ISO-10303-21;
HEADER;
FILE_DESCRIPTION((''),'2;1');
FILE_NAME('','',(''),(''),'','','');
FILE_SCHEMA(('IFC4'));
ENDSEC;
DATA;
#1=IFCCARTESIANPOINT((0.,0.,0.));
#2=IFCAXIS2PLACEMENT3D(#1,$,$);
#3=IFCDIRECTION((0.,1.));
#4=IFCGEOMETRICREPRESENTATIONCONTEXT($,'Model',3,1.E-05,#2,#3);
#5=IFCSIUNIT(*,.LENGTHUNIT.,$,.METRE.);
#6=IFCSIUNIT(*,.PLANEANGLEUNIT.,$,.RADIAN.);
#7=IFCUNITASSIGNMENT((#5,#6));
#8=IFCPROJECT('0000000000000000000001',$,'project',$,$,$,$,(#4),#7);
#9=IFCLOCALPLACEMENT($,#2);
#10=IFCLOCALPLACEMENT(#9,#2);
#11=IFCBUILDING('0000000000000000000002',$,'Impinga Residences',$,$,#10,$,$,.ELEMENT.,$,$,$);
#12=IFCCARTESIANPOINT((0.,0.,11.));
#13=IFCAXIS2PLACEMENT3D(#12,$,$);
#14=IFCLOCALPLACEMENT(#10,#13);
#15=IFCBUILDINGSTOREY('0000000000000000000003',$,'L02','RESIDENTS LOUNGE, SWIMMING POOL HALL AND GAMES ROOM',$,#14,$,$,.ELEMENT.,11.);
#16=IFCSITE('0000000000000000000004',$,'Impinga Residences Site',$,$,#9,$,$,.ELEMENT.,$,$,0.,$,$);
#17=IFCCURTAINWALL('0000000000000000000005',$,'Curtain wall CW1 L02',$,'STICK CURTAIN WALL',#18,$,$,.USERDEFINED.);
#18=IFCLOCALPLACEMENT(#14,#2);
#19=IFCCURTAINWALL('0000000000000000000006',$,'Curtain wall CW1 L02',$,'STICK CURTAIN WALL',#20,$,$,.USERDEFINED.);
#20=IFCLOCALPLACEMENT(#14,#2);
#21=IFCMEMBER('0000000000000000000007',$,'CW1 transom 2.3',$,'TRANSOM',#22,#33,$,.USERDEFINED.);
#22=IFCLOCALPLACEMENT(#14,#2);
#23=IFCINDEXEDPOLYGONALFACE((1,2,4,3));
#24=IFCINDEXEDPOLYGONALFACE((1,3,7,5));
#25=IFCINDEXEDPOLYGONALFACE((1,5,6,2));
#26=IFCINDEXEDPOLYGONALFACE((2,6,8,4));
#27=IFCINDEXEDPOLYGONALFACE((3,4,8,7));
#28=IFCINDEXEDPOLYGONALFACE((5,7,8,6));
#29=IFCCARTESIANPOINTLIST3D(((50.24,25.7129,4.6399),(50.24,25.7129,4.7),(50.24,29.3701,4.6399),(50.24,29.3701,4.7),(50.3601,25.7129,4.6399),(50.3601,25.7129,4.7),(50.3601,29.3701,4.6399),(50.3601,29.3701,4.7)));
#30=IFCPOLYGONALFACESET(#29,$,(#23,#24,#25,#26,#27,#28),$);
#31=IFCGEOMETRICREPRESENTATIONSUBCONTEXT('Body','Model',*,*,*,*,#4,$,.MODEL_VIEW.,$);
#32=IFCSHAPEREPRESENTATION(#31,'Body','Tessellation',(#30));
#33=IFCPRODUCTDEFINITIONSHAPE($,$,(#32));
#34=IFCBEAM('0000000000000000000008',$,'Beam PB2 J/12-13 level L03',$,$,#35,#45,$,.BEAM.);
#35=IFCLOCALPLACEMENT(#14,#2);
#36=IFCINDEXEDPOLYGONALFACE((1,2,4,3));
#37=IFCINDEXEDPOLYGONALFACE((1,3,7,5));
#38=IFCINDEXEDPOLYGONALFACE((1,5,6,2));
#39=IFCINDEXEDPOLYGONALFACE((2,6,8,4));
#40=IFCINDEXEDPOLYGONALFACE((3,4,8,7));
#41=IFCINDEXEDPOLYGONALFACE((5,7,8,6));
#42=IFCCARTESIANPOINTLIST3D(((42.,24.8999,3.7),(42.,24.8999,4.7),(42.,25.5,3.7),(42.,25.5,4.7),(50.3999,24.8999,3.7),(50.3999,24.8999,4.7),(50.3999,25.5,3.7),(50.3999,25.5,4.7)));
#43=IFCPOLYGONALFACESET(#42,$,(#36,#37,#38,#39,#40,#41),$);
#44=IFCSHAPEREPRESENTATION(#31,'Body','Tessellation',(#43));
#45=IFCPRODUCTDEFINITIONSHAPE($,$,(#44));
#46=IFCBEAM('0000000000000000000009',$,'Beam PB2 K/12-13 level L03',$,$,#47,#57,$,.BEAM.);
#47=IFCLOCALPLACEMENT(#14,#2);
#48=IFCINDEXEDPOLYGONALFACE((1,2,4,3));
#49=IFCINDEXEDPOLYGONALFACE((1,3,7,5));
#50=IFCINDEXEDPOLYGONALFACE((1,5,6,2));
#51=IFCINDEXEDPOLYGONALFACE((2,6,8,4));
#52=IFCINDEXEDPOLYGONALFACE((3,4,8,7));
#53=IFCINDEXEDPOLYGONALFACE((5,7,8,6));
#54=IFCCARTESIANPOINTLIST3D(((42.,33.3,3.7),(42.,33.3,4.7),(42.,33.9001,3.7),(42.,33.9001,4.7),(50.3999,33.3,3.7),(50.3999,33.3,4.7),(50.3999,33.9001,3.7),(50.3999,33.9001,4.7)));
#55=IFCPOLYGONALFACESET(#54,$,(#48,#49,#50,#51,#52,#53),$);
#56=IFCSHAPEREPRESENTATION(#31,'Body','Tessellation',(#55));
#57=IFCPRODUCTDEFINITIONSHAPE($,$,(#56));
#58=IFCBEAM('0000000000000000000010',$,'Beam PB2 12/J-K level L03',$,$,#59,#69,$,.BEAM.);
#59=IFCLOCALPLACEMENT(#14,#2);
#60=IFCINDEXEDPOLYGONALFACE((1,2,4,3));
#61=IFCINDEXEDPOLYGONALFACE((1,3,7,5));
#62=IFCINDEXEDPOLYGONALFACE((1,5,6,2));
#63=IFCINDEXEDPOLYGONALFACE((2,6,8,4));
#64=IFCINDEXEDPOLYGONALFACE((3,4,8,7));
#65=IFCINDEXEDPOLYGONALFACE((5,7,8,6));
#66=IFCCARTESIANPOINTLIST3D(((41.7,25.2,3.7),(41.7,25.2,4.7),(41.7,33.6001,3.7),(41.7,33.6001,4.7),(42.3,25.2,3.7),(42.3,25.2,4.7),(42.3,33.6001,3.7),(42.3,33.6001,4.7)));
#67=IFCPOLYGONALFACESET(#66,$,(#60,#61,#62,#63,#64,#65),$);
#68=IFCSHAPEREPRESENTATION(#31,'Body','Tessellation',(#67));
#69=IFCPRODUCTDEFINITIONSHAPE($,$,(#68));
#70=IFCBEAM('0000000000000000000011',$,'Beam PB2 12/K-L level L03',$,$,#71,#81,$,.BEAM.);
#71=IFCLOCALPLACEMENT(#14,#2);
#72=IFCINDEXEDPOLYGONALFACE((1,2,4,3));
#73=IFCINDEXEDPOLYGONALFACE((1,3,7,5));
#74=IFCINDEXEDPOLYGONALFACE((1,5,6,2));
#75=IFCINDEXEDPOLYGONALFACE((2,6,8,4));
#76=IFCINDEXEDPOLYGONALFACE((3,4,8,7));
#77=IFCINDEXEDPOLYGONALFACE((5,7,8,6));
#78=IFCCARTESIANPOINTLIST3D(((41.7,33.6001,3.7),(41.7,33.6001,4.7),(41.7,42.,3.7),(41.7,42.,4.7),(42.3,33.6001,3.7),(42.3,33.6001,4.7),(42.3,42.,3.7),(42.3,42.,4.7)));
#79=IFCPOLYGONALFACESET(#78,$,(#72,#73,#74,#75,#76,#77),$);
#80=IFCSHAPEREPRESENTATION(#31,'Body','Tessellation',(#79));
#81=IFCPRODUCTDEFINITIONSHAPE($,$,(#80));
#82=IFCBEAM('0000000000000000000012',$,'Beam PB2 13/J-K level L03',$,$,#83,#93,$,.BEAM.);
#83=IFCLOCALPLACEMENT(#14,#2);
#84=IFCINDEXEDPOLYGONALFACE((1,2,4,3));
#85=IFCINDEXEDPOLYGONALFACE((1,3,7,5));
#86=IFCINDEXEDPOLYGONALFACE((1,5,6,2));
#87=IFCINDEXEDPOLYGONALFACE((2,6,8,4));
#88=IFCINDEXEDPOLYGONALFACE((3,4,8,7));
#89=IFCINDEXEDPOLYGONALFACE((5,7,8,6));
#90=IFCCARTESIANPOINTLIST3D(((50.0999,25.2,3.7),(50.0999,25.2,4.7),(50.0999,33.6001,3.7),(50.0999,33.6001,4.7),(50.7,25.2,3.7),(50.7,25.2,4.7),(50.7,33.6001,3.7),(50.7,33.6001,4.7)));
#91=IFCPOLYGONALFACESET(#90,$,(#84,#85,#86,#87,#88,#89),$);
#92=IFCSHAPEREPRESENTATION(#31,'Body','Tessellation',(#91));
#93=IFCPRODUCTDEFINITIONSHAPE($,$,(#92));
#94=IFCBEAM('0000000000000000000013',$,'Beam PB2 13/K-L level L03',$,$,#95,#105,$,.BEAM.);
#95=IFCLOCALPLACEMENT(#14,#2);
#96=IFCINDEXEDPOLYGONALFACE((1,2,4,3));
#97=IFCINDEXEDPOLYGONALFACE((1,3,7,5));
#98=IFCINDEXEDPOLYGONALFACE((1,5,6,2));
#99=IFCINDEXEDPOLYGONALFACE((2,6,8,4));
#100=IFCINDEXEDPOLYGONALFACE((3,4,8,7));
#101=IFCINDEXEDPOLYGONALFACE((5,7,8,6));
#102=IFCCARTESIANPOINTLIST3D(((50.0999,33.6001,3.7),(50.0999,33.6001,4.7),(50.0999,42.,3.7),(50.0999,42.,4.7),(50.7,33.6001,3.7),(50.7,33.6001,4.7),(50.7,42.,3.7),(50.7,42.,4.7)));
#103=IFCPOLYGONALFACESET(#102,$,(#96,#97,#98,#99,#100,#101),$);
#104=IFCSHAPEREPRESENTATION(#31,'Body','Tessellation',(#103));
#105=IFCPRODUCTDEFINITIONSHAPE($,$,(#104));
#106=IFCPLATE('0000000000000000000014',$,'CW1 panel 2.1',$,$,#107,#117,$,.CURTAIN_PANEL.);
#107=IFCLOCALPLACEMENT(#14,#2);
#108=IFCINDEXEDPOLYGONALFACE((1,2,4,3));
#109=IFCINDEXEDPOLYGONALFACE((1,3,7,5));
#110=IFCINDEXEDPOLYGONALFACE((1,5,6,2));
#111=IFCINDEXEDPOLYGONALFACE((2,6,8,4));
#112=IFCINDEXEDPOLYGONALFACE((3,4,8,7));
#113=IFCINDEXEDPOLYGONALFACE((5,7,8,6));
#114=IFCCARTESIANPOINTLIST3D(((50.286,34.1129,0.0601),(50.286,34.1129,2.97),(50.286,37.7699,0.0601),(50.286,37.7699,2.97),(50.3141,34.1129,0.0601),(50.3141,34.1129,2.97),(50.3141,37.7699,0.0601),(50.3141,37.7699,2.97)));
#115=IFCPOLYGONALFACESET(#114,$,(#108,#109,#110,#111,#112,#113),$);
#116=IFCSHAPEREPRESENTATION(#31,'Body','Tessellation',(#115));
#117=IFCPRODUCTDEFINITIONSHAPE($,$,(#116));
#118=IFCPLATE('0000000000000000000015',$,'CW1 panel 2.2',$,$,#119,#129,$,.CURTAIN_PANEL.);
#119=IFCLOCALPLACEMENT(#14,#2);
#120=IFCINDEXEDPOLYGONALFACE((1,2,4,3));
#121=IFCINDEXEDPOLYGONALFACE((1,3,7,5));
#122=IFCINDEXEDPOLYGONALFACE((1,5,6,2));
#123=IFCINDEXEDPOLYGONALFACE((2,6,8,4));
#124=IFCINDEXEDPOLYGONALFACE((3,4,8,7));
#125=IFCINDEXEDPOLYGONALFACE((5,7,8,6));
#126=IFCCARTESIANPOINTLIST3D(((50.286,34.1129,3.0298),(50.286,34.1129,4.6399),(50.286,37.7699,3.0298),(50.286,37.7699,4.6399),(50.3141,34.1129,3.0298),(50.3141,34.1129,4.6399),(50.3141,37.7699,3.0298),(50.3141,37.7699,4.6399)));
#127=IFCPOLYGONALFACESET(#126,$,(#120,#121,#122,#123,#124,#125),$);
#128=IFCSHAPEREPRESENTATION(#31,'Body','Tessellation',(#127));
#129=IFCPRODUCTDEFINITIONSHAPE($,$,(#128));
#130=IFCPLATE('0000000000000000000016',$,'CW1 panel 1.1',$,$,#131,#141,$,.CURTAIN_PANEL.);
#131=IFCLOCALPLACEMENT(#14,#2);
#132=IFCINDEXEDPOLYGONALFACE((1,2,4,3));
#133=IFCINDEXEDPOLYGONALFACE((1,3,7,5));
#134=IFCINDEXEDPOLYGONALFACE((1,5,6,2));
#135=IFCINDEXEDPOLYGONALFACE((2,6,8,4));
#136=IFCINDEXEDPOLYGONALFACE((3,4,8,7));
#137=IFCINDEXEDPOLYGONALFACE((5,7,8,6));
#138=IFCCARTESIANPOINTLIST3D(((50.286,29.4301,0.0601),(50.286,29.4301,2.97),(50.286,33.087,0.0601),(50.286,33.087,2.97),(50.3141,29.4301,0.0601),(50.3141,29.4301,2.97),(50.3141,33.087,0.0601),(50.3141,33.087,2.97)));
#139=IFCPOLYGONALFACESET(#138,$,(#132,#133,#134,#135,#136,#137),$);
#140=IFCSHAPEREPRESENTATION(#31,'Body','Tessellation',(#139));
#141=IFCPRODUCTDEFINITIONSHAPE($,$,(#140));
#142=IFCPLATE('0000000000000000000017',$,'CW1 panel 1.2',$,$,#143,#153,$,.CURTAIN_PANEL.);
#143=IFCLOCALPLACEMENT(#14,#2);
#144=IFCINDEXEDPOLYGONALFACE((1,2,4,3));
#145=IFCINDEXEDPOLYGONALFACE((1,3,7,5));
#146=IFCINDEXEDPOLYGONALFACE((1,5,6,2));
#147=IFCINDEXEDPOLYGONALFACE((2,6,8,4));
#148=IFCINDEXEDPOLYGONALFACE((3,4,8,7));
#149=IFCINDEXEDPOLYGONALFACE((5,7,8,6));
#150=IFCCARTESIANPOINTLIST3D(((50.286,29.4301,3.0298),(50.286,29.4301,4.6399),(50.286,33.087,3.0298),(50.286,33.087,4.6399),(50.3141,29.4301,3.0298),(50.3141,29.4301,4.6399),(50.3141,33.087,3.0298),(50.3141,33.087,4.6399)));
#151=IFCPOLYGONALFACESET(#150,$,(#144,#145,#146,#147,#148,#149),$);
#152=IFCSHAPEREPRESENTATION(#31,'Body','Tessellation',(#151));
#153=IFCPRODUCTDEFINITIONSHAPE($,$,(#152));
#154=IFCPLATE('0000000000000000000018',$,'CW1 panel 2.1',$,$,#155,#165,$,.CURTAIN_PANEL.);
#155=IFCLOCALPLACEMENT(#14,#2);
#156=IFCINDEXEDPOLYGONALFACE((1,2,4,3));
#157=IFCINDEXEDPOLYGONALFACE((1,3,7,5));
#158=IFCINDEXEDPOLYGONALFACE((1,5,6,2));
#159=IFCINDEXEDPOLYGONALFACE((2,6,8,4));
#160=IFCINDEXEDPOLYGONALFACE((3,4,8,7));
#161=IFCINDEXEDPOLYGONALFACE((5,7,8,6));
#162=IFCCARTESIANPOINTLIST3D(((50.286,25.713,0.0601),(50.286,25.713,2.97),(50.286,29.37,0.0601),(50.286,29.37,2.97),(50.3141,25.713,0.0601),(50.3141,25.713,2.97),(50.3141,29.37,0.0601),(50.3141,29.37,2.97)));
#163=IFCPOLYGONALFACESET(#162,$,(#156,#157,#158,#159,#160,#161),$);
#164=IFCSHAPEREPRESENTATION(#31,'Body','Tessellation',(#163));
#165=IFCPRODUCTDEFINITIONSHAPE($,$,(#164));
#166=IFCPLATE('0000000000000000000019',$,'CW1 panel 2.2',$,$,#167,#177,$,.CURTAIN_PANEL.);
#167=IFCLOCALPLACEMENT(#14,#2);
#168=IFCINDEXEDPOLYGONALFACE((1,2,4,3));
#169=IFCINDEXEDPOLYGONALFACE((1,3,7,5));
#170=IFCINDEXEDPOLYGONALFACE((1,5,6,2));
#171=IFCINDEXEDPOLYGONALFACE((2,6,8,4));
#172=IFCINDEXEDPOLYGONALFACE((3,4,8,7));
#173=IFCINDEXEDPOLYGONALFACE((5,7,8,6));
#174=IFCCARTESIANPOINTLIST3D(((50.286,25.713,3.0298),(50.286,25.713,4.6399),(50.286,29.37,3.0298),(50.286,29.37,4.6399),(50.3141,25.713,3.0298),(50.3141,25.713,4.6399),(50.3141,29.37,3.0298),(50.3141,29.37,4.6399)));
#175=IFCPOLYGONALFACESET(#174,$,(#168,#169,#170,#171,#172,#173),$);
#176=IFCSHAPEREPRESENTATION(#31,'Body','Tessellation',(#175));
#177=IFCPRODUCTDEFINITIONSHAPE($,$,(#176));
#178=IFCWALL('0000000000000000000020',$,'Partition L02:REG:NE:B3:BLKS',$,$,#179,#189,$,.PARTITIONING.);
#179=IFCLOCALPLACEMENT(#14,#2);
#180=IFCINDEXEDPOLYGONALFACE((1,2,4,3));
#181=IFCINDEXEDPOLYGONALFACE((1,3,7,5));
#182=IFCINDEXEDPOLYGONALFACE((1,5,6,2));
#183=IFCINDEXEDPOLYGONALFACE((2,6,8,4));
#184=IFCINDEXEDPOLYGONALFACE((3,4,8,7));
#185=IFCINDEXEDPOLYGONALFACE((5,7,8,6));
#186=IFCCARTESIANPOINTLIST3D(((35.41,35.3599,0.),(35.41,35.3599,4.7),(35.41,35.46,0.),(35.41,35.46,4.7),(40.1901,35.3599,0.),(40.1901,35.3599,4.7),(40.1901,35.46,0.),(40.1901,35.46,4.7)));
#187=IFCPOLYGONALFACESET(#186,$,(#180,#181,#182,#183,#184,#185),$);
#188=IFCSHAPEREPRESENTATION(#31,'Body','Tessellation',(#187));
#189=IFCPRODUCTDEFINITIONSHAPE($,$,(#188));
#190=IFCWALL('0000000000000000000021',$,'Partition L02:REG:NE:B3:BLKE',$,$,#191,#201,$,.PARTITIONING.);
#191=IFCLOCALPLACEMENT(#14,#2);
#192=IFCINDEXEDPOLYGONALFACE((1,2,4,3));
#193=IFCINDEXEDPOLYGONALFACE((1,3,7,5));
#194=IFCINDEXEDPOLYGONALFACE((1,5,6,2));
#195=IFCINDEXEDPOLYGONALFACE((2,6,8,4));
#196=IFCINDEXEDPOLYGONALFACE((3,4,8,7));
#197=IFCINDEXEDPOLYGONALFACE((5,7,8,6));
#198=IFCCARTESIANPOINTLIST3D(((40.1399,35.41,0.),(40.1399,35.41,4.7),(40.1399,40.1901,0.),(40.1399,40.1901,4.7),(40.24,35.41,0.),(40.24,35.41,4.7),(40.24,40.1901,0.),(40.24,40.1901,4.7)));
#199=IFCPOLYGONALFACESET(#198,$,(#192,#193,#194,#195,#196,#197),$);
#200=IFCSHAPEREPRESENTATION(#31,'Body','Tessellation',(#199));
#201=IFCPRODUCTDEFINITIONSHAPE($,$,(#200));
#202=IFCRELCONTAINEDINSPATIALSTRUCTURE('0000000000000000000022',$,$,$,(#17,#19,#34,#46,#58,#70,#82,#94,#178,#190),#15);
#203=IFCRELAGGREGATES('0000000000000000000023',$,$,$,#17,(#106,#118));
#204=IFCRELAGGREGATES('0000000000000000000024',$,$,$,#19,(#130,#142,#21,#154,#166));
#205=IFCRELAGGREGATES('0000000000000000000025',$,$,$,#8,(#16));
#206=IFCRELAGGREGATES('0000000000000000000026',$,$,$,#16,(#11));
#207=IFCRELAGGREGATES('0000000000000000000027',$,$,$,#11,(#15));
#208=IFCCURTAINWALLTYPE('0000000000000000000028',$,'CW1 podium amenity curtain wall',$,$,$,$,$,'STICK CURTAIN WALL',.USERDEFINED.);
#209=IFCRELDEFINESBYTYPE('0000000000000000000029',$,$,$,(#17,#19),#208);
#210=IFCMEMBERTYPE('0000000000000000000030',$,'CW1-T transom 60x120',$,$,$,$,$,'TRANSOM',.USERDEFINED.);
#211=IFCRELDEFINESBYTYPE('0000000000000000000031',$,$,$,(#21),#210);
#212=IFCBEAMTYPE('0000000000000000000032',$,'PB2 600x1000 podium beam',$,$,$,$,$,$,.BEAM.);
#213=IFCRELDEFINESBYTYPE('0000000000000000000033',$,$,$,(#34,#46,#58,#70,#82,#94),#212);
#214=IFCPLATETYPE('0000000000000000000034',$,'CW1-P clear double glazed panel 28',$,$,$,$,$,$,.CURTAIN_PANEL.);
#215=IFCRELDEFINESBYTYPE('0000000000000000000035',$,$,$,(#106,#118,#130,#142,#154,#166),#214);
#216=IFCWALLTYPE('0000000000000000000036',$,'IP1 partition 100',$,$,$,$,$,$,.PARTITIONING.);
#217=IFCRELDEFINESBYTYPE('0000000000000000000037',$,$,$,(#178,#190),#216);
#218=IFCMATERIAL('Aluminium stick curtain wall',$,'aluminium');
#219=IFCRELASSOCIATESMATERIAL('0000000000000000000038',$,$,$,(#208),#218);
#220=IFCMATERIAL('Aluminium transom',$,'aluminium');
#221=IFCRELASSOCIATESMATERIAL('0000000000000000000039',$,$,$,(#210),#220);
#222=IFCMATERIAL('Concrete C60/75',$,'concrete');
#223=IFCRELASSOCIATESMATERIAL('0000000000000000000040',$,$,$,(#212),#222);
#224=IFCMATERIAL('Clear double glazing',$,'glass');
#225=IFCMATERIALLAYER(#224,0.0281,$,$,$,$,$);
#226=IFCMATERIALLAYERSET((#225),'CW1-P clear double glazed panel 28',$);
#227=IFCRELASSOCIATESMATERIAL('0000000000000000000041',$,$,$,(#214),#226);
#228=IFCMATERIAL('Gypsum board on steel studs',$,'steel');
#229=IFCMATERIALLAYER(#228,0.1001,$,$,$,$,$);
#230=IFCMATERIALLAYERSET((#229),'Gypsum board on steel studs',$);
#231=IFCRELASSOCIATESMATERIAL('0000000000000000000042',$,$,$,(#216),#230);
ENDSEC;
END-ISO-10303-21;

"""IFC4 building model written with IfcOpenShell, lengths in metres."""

from ifc_helpers import new_model, si_unit, direction, frame, frame_2d, origin, origin_2d, place, context, subcontext, project, spatial, rectangle, extrude, material, layer, layer_set, material_profile, profile_set, type_object, element, aggregate, save


model = new_model("IFC4")

# Units and contexts
model_context = context("Model", 3, precision=1e-05, world=origin(), true_north=direction((0.0, 1.0)))
body_context = subcontext(model_context, "Body", "Model", "MODEL_VIEW")
ifc_project = project(units=[si_unit("LENGTHUNIT", "METRE"), si_unit("PLANEANGLEUNIT", "RADIAN")], contexts=[model_context])

# Site, building, storey
site_placement = place(None, origin())
site = spatial("IfcSite", under=ifc_project, at=site_placement, Name="Impinga Residences Site", CompositionType="ELEMENT", RefElevation=0.0)
building_placement = place(site_placement, origin())
building = spatial("IfcBuilding", under=site, at=building_placement, Name="Impinga Residences", CompositionType="ELEMENT")
storey_placement = place(building_placement, frame((0.0, 0.0, 11.0)))
storey = spatial("IfcBuildingStorey", under=building, at=storey_placement, Name="L02", Description="RESIDENTS LOUNGE, SWIMMING POOL HALL AND GAMES ROOM", CompositionType="ELEMENT", Elevation=11.0)

# Curtain wall
ifc_material_1 = material(Name="Aluminium stick curtain wall", Category="aluminium")
curtain_wall_type = type_object("IfcCurtainWallType", Name="CW1 podium amenity curtain wall", ElementType="STICK CURTAIN WALL", PredefinedType="USERDEFINED", material=ifc_material_1)
curtain_wall_1_placement = place(storey_placement, origin())
curtain_wall_1 = element("IfcCurtainWall", 1, at=curtain_wall_1_placement, inside=storey, type_object=curtain_wall_type, Name="Curtain wall CW1 L02", ObjectType="STICK CURTAIN WALL", PredefinedType="USERDEFINED")

# Curtain wall
curtain_wall_2_placement = place(storey_placement, origin())
curtain_wall_2 = element("IfcCurtainWall", 2, at=curtain_wall_2_placement, inside=storey, type_object=curtain_wall_type, Name="Curtain wall CW1 L02", ObjectType="STICK CURTAIN WALL", PredefinedType="USERDEFINED")

# Member
ifc_material_2 = material(Name="Aluminium transom", Category="aluminium")
ifc_material_profile_1 = material_profile(ifc_material_2, rectangle(XDim=0.0601, YDim=0.1201, at=origin_2d()), Name="60x120 transom")
ifc_profile_set_1 = profile_set([ifc_material_profile_1], Name="Aluminium transom")
member_type_1 = type_object("IfcMemberType", Name="CW1-T transom 60x120", ElementType="TRANSOM", PredefinedType="USERDEFINED", material=ifc_profile_set_1)
member_1_placement = place(storey_placement, frame((50.3, 29.3701, 4.6699), z_axis=(0.0, -1.0, 0.0), x_axis=(0.0, 0.0, 1.0)))
member_1 = element("IfcMember", 3, at=member_1_placement, type_object=member_type_1, Name="CW1 transom 2.3", ObjectType="TRANSOM", PredefinedType="USERDEFINED", context=body_context, shape_type="SweptSolid", body=[
    extrude(rectangle(XDim=0.0601, YDim=0.1201, at=origin_2d()), origin(), (0.0, 0.0, 1.0), 3.6572),
])

# Beams
ifc_material_3 = material(Name="Concrete C60/75", Category="concrete")
ifc_material_profile_2 = material_profile(ifc_material_3, rectangle(XDim=0.6001, YDim=1.0, at=origin_2d()), Name="RC 600x1000")
ifc_profile_set_2 = profile_set([ifc_material_profile_2], Name="Concrete C60/75")
beam_type = type_object("IfcBeamType", Name="PB2 600x1000 podium beam", PredefinedType="BEAM", material=ifc_profile_set_2)
for number, where, z_axis, x_axis, name in (
    (4, (42.0, 25.2, 4.2), (1.0, 0.0, 0.0), (0.0, 1.0, 0.0), "Beam PB2 J/12-13 level L03"),
    (5, (42.0, 33.6001, 4.2), (1.0, 0.0, 0.0), (0.0, 1.0, 0.0), "Beam PB2 K/12-13 level L03"),
):
    element("IfcBeam", number, at=place(storey_placement, frame(where, z_axis=z_axis, x_axis=x_axis)), inside=storey, type_object=beam_type, Name=name, PredefinedType="BEAM", context=body_context, shape_type="SweptSolid", body=[
        extrude(rectangle(XDim=0.6001, YDim=1.0, at=origin_2d()), origin(), (0.0, 0.0, 1.0), 8.3999),
    ])
beam_1_placement = place(storey_placement, frame((42.0, 25.2, 4.2), z_axis=(0.0, 1.0, 0.0), x_axis=(-1.0, 0.0, 0.0)))
element("IfcBeam", 6, at=beam_1_placement, inside=storey, type_object=beam_type, Name="Beam PB2 12/J-K level L03", PredefinedType="BEAM", context=body_context, shape_type="SweptSolid", body=[
    extrude(rectangle(XDim=0.6001, YDim=1.0, at=origin_2d()), origin(), (0.0, 0.0, 1.0), 8.4001),
])
beam_2_placement = place(storey_placement, frame((42.0, 33.6001, 4.2), z_axis=(0.0, 1.0, 0.0), x_axis=(-1.0, 0.0, 0.0)))
element("IfcBeam", 7, at=beam_2_placement, inside=storey, type_object=beam_type, Name="Beam PB2 12/K-L level L03", PredefinedType="BEAM", context=body_context, shape_type="SweptSolid", body=[
    extrude(rectangle(XDim=0.6001, YDim=1.0, at=origin_2d()), origin(), (0.0, 0.0, 1.0), 8.3999),
])
beam_3_placement = place(storey_placement, frame((50.3999, 25.2, 4.2), z_axis=(0.0, 1.0, 0.0), x_axis=(-1.0, 0.0, 0.0)))
element("IfcBeam", 8, at=beam_3_placement, inside=storey, type_object=beam_type, Name="Beam PB2 13/J-K level L03", PredefinedType="BEAM", context=body_context, shape_type="SweptSolid", body=[
    extrude(rectangle(XDim=0.6001, YDim=1.0, at=origin_2d()), origin(), (0.0, 0.0, 1.0), 8.4001),
])
beam_4_placement = place(storey_placement, frame((50.3999, 33.6001, 4.2), z_axis=(0.0, 1.0, 0.0), x_axis=(-1.0, 0.0, 0.0)))
element("IfcBeam", 9, at=beam_4_placement, inside=storey, type_object=beam_type, Name="Beam PB2 13/K-L level L03", PredefinedType="BEAM", context=body_context, shape_type="SweptSolid", body=[
    extrude(rectangle(XDim=0.6001, YDim=1.0, at=origin_2d()), origin(), (0.0, 0.0, 1.0), 8.3999),
])

# Plates
ifc_material_4 = material(Name="Clear double glazing", Category="glass")
ifc_layer_1 = layer(ifc_material_4, 0.0281)
ifc_layer_set_1 = layer_set([ifc_layer_1], Name="CW1-P clear double glazed panel 28")
plate_type = type_object("IfcPlateType", Name="CW1-P clear double glazed panel 28", PredefinedType="CURTAIN_PANEL", material=ifc_layer_set_1)
plate_1_placement = place(storey_placement, frame((50.3, 35.9414, 0.0601), z_axis=(0.0, 0.0, 1.0), x_axis=(0.0, -1.0, 0.0)))
plate_1 = element("IfcPlate", 10, at=plate_1_placement, type_object=plate_type, Name="CW1 panel 2.1", PredefinedType="CURTAIN_PANEL", context=body_context, shape_type="SweptSolid", body=[
    extrude(rectangle(XDim=3.657, YDim=0.0281, at=origin_2d()), origin(), (0.0, 0.0, 1.0), 2.9099),
])
plate_2_placement = place(storey_placement, frame((50.3, 35.9414, 3.0298), z_axis=(0.0, 0.0, 1.0), x_axis=(0.0, -1.0, 0.0)))
plate_2 = element("IfcPlate", 11, at=plate_2_placement, type_object=plate_type, Name="CW1 panel 2.2", PredefinedType="CURTAIN_PANEL", context=body_context, shape_type="SweptSolid", body=[
    extrude(rectangle(XDim=3.657, YDim=0.0281, at=origin_2d()), origin(), (0.0, 0.0, 1.0), 1.6101),
])
aggregate(curtain_wall_1, [plate_1, plate_2])
plate_3_placement = place(storey_placement, frame((50.3, 31.2585, 0.0601), z_axis=(0.0, 0.0, 1.0), x_axis=(0.0, -1.0, 0.0)))
plate_3 = element("IfcPlate", 12, at=plate_3_placement, type_object=plate_type, Name="CW1 panel 1.1", PredefinedType="CURTAIN_PANEL", context=body_context, shape_type="SweptSolid", body=[
    extrude(rectangle(XDim=3.657, YDim=0.0281, at=origin_2d()), origin(), (0.0, 0.0, 1.0), 2.9099),
])
plate_4_placement = place(storey_placement, frame((50.3, 31.2585, 3.0298), z_axis=(0.0, 0.0, 1.0), x_axis=(0.0, -1.0, 0.0)))
plate_4 = element("IfcPlate", 13, at=plate_4_placement, type_object=plate_type, Name="CW1 panel 1.2", PredefinedType="CURTAIN_PANEL", context=body_context, shape_type="SweptSolid", body=[
    extrude(rectangle(XDim=3.657, YDim=0.0281, at=origin_2d()), origin(), (0.0, 0.0, 1.0), 1.6101),
])
plate_5_placement = place(storey_placement, frame((50.3, 27.5415, 0.0601), z_axis=(0.0, 0.0, 1.0), x_axis=(0.0, -1.0, 0.0)))
plate_5 = element("IfcPlate", 14, at=plate_5_placement, type_object=plate_type, Name="CW1 panel 2.1", PredefinedType="CURTAIN_PANEL", context=body_context, shape_type="SweptSolid", body=[
    extrude(rectangle(XDim=3.657, YDim=0.0281, at=origin_2d()), origin(), (0.0, 0.0, 1.0), 2.9099),
])
plate_6_placement = place(storey_placement, frame((50.3, 27.5415, 3.0298), z_axis=(0.0, 0.0, 1.0), x_axis=(0.0, -1.0, 0.0)))
plate_6 = element("IfcPlate", 15, at=plate_6_placement, type_object=plate_type, Name="CW1 panel 2.2", PredefinedType="CURTAIN_PANEL", context=body_context, shape_type="SweptSolid", body=[
    extrude(rectangle(XDim=3.657, YDim=0.0281, at=origin_2d()), origin(), (0.0, 0.0, 1.0), 1.6101),
])
aggregate(curtain_wall_2, [plate_3, plate_4, member_1, plate_5, plate_6])

# Walls
ifc_material_5 = material(Name="Gypsum board on steel studs", Category="steel")
ifc_layer_2 = layer(ifc_material_5, 0.1001)
ifc_layer_set_2 = layer_set([ifc_layer_2], Name="Gypsum board on steel studs")
wall_type = type_object("IfcWallType", Name="IP1 partition 100", PredefinedType="PARTITIONING", material=ifc_layer_set_2)
for number, where, z_axis, x_axis, name in (
    (16, (35.4099, 35.4099, 0.0), (0.0, 0.0, 1.0), (1.0, 0.0, 0.0), "Partition L02:REG:NE:B3:BLKS"),
    (17, (40.1899, 35.4099, 0.0), (0.0, 0.0, 1.0), (0.0, 1.0, 0.0), "Partition L02:REG:NE:B3:BLKE"),
):
    element("IfcWall", number, at=place(storey_placement, frame(where, z_axis=z_axis, x_axis=x_axis)), inside=storey, type_object=wall_type, Name=name, PredefinedType="PARTITIONING", context=body_context, shape_type="SweptSolid", body=[
        extrude(rectangle(XDim=4.78, YDim=0.1001, at=frame_2d((2.3901, 0.0))), origin(), (0.0, 0.0, 1.0), 4.7),
    ])

save(model, "model.ifc")
